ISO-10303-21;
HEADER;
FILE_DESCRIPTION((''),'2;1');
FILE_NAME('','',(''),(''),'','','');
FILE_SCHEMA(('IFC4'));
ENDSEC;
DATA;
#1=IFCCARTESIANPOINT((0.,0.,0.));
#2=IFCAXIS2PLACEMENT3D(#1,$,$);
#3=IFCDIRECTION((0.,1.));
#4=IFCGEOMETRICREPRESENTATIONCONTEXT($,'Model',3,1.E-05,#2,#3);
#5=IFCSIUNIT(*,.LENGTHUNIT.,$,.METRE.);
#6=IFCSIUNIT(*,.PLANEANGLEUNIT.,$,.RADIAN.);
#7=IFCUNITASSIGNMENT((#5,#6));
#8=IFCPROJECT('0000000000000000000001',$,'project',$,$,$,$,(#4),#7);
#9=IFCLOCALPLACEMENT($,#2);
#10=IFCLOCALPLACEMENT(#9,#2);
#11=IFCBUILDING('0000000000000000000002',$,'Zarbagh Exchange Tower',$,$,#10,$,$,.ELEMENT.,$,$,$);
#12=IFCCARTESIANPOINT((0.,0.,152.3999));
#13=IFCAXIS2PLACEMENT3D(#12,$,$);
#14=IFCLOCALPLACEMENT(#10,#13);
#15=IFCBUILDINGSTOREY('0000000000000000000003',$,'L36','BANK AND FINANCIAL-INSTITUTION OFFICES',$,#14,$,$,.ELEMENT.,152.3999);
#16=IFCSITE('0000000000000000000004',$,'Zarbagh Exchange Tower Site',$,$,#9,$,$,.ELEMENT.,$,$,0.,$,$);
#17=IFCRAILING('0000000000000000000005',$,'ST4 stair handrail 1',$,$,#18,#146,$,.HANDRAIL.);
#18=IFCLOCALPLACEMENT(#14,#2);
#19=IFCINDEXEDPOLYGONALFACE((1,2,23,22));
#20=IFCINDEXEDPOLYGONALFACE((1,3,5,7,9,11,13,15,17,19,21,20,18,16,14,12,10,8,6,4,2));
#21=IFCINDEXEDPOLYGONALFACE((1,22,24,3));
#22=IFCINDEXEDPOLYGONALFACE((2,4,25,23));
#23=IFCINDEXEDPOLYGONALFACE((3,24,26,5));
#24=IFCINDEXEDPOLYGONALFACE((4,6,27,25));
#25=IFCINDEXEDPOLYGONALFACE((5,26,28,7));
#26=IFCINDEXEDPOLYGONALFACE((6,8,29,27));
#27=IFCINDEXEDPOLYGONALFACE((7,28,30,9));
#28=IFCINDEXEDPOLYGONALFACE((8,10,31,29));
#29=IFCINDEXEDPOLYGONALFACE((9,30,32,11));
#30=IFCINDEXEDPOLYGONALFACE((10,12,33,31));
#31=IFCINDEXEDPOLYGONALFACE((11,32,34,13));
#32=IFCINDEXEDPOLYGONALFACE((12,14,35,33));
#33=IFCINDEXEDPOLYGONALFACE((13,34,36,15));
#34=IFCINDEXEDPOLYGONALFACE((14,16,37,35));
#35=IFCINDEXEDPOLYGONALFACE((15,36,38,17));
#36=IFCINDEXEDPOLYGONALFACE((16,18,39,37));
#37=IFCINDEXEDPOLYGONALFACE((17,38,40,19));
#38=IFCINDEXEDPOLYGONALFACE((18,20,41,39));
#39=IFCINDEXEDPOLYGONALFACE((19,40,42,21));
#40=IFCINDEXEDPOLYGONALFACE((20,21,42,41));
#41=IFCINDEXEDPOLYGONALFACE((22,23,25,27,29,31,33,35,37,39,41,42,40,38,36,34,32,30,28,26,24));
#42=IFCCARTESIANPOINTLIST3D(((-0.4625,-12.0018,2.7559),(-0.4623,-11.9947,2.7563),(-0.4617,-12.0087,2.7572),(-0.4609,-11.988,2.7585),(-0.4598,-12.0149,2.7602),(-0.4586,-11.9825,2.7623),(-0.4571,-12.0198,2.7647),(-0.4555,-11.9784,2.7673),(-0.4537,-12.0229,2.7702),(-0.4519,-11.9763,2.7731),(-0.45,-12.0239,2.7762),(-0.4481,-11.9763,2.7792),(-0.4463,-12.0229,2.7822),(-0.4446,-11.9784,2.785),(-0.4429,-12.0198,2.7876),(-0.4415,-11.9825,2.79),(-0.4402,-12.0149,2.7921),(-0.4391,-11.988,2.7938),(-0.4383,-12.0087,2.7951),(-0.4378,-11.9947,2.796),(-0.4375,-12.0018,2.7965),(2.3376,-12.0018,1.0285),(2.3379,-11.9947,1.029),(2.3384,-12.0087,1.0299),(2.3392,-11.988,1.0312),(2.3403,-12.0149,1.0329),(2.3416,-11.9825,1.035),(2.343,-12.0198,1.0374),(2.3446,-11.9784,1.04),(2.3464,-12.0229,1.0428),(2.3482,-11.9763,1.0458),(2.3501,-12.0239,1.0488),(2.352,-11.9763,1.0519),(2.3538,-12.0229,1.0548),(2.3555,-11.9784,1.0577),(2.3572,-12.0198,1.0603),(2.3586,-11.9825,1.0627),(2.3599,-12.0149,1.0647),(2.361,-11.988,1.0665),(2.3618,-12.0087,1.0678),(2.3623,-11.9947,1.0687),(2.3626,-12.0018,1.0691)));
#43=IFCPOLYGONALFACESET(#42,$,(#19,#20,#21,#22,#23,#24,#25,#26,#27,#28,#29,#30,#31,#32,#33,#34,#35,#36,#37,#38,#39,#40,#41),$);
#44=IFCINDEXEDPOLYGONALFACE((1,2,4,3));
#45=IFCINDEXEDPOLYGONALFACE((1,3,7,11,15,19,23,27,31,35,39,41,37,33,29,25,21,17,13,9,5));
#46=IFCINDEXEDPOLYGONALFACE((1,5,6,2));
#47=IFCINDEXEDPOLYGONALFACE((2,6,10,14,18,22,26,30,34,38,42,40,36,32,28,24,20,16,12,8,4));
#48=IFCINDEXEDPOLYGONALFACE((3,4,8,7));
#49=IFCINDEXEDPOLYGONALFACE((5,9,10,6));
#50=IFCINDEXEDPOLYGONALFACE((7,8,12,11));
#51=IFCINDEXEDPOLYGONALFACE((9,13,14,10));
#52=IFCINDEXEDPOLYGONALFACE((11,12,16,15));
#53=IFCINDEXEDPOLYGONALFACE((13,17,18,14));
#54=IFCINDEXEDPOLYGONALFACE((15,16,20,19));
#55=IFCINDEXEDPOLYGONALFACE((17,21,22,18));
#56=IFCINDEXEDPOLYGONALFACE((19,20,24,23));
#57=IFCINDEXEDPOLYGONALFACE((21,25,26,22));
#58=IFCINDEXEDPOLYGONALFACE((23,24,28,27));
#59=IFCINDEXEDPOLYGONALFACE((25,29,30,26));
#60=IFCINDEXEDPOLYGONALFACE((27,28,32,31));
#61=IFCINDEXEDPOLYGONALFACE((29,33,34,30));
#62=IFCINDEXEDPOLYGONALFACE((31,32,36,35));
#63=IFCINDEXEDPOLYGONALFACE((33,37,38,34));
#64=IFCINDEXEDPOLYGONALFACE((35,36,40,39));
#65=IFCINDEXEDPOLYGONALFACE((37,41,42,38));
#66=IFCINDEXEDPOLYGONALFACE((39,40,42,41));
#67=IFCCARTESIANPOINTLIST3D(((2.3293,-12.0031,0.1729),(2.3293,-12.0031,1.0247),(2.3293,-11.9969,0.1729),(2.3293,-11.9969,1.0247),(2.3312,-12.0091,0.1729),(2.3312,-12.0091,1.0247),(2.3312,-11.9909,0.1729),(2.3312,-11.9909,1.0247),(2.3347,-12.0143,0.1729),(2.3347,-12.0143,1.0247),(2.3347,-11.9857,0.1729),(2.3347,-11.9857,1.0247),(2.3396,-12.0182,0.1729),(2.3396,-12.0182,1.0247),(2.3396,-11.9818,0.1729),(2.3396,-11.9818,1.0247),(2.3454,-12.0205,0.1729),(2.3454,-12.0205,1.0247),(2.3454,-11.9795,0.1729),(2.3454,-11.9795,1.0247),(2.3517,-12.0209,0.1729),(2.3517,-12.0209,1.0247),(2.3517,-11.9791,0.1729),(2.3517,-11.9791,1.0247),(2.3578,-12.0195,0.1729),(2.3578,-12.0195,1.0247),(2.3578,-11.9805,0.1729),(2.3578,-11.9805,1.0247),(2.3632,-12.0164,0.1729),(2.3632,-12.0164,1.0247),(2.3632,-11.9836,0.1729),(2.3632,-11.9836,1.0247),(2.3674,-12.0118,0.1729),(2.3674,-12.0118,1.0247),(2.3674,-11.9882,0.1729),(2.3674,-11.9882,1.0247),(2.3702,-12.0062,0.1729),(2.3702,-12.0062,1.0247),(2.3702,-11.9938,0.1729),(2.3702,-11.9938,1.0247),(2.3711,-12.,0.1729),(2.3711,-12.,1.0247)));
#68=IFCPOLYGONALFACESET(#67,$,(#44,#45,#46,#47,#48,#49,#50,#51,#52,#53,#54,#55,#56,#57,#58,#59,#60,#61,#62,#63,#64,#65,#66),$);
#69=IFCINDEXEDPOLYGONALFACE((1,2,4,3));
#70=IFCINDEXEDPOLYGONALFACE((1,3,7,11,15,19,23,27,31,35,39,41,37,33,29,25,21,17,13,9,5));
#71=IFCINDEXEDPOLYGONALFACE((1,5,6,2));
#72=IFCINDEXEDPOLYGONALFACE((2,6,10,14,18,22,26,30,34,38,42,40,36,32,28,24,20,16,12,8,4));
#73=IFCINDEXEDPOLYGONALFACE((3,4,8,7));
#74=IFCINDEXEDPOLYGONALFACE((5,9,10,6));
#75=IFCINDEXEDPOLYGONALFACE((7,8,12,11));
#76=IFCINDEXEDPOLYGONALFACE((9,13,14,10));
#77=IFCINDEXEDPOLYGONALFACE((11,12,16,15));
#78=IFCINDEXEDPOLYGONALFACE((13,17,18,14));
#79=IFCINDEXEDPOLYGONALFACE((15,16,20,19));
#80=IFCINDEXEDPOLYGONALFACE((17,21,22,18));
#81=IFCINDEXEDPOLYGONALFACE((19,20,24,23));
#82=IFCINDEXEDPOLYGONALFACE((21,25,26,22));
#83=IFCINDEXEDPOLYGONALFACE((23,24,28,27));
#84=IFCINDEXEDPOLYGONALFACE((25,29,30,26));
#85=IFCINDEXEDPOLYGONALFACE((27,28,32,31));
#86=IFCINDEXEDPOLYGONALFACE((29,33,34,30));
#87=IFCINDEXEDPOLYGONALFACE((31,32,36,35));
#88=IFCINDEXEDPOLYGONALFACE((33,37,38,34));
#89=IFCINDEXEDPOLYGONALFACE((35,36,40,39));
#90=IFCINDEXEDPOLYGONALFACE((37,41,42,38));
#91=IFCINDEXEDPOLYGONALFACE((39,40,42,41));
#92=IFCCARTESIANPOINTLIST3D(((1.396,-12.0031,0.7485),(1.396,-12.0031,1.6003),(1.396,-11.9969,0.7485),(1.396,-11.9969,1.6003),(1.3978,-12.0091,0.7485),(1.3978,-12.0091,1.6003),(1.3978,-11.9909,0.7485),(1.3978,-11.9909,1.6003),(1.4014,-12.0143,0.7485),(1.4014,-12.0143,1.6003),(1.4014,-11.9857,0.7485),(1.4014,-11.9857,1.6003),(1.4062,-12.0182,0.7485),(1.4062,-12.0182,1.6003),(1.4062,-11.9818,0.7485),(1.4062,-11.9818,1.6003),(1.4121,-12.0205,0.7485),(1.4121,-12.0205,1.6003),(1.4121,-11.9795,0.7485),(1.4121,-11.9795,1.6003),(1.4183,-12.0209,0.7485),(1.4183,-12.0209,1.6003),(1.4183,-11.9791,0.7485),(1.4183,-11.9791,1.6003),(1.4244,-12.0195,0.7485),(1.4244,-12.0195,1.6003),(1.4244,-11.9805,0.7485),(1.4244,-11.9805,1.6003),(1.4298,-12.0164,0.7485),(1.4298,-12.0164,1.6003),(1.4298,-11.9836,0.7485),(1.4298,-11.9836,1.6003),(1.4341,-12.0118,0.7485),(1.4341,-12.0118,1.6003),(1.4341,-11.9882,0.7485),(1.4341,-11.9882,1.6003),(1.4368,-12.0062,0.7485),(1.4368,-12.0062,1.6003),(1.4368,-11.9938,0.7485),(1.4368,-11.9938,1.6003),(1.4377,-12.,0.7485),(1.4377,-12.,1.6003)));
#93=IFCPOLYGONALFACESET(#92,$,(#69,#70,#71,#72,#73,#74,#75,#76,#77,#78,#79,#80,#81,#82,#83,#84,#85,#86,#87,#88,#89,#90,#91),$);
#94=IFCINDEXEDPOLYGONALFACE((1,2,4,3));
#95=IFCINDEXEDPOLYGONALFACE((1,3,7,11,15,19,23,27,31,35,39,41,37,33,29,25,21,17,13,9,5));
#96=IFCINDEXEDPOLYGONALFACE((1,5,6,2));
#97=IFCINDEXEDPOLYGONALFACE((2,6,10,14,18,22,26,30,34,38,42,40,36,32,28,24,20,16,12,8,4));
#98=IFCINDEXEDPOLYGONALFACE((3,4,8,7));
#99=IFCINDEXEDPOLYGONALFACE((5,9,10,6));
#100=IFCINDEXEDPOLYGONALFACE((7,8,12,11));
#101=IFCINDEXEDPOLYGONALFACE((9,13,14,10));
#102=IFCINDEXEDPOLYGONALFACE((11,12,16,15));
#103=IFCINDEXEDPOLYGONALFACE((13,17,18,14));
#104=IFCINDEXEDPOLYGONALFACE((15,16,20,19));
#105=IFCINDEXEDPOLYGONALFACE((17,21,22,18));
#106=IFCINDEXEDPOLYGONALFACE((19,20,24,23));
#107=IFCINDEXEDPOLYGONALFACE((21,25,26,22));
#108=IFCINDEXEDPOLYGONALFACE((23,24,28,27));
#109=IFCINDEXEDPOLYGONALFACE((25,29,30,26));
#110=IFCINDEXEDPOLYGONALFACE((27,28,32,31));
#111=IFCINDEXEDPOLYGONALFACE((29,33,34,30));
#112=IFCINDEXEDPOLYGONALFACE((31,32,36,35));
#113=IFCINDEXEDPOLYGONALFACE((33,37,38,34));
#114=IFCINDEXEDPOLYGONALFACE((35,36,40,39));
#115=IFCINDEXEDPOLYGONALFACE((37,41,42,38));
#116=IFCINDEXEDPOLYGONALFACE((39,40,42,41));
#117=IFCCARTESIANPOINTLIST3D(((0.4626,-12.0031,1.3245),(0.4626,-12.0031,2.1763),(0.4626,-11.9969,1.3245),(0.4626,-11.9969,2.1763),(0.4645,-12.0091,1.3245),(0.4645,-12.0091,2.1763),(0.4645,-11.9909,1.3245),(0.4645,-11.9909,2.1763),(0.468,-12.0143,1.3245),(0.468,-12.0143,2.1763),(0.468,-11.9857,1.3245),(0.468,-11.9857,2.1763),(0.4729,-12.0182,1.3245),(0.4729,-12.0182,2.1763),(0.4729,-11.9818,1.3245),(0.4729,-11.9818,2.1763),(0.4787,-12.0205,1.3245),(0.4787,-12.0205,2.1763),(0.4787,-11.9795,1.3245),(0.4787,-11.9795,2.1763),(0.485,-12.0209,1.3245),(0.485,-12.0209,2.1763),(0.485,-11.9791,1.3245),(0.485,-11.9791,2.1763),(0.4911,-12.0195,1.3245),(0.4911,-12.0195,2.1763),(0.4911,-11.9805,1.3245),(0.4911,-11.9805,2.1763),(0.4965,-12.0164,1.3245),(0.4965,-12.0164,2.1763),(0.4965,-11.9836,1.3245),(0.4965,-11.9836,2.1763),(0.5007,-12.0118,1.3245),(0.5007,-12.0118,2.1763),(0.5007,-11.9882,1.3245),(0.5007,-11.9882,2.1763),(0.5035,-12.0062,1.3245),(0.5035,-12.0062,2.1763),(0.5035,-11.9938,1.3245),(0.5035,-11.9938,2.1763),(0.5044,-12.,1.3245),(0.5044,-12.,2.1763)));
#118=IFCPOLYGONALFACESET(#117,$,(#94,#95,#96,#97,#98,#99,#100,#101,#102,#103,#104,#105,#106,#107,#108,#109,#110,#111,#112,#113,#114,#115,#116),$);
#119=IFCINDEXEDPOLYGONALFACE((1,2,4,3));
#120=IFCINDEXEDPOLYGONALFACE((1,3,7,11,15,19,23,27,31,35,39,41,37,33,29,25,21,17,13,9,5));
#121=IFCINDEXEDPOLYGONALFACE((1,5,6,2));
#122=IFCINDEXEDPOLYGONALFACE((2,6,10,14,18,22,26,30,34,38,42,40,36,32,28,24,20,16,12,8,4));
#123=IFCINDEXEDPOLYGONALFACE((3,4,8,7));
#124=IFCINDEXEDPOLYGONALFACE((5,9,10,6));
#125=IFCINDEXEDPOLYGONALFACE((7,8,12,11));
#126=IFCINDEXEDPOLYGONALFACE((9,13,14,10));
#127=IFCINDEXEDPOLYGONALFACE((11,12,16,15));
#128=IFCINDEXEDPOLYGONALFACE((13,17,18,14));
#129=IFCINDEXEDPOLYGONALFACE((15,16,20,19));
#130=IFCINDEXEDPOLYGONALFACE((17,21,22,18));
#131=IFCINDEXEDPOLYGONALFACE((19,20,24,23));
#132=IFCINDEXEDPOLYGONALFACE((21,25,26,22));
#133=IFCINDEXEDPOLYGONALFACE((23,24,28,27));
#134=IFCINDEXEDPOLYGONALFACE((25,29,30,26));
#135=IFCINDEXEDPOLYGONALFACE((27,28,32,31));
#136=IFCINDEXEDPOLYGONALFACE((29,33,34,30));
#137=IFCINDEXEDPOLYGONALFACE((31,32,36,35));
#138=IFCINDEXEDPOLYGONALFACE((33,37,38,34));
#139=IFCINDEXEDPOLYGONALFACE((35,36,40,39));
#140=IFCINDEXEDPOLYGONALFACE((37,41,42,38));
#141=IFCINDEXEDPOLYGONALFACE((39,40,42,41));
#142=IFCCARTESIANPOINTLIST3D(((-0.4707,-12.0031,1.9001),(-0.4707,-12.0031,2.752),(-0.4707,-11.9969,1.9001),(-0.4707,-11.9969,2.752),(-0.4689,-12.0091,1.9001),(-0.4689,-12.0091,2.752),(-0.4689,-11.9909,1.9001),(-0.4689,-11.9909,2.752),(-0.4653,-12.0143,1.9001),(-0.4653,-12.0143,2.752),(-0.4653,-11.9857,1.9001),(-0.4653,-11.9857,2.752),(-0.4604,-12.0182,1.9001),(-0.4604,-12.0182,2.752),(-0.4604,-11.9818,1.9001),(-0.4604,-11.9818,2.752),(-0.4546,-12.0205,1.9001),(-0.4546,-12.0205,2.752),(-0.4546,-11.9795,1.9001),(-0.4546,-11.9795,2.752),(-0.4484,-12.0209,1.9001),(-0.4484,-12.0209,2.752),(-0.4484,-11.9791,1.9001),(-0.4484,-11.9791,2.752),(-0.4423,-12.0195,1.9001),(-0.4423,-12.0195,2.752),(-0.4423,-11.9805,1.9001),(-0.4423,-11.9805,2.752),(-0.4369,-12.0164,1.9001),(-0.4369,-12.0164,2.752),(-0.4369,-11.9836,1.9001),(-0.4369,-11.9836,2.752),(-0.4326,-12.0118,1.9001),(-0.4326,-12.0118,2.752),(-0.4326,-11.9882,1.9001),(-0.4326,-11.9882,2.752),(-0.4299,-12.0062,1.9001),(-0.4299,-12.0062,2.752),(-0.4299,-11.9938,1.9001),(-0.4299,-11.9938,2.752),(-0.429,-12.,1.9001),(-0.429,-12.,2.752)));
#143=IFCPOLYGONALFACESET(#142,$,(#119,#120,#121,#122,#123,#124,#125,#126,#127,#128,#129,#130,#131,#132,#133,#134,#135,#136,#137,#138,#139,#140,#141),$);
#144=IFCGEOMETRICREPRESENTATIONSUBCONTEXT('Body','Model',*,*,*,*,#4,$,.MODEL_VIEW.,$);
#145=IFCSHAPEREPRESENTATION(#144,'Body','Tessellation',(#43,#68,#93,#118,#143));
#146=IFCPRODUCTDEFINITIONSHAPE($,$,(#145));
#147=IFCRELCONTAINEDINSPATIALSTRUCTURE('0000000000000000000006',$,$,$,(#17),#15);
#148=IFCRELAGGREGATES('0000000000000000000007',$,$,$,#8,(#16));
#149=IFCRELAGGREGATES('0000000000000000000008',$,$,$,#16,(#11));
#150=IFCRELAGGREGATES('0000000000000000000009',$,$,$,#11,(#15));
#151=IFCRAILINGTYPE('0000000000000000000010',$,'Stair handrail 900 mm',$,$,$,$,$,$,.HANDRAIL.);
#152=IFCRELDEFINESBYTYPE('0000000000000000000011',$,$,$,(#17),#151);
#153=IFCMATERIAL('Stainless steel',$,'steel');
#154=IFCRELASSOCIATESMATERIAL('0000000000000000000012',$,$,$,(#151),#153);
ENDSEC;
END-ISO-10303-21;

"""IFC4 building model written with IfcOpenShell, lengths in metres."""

from ifc_helpers import new_model, si_unit, direction, frame, origin, origin_2d, place, context, subcontext, project, spatial, circle, extrude, material, type_object, element, save


model = new_model("IFC4")

# Units and contexts
model_context = context("Model", 3, precision=1e-05, world=origin(), true_north=direction((0.0, 1.0)))
body_context = subcontext(model_context, "Body", "Model", "MODEL_VIEW")
ifc_project = project(units=[si_unit("LENGTHUNIT", "METRE"), si_unit("PLANEANGLEUNIT", "RADIAN")], contexts=[model_context])

# Site, building, storey
site_placement = place(None, origin())
site = spatial("IfcSite", under=ifc_project, at=site_placement, Name="Zarbagh Exchange Tower Site", CompositionType="ELEMENT", RefElevation=0.0)
building_placement = place(site_placement, origin())
building = spatial("IfcBuilding", under=site, at=building_placement, Name="Zarbagh Exchange Tower", CompositionType="ELEMENT")
storey_placement = place(building_placement, frame((0.0, 0.0, 152.3999)))
storey = spatial("IfcBuildingStorey", under=building, at=storey_placement, Name="L36", Description="BANK AND FINANCIAL-INSTITUTION OFFICES", CompositionType="ELEMENT", Elevation=152.3999)

# Shared definitions
ifc_material_1 = material(Name="Stainless steel", Category="steel")

# Railing
railing_type_1 = type_object("IfcRailingType", Name="Stair handrail 900 mm", PredefinedType="HANDRAIL", material=ifc_material_1)
for number, where, name in (
    (1, (2.3501, -12.0, 0.1729), "ST4 stair handrail 1"),
):
    element("IfcRailing", number, at=place(storey_placement, frame(where)), inside=storey, type_object=railing_type_1, Name=name, PredefinedType="HANDRAIL", context=body_context, shape_type="SweptSolid", body=[
        extrude(circle(Radius=0.0239, at=origin_2d()), frame((0.0, 0.0, 0.876), z_axis=(-0.85109, 0.0, 0.52502), x_axis=(0.0, -1.0, 0.0)), (0.0, 0.0, 1.0), 3.29),
        extrude(circle(Radius=0.021, at=origin_2d()), origin(), (0.0, 0.0, 1.0), 0.8518),
        extrude(circle(Radius=0.021, at=origin_2d()), frame((-0.9333, 0.0, 0.5757)), (0.0, 0.0, 1.0), 0.8518),
        extrude(circle(Radius=0.021, at=origin_2d()), frame((-1.8667, 0.0, 1.1516)), (0.0, 0.0, 1.0), 0.8518),
        extrude(circle(Radius=0.021, at=origin_2d()), frame((-2.8, 0.0, 1.7273)), (0.0, 0.0, 1.0), 0.8518),
    ])

save(model, "model.ifc")
